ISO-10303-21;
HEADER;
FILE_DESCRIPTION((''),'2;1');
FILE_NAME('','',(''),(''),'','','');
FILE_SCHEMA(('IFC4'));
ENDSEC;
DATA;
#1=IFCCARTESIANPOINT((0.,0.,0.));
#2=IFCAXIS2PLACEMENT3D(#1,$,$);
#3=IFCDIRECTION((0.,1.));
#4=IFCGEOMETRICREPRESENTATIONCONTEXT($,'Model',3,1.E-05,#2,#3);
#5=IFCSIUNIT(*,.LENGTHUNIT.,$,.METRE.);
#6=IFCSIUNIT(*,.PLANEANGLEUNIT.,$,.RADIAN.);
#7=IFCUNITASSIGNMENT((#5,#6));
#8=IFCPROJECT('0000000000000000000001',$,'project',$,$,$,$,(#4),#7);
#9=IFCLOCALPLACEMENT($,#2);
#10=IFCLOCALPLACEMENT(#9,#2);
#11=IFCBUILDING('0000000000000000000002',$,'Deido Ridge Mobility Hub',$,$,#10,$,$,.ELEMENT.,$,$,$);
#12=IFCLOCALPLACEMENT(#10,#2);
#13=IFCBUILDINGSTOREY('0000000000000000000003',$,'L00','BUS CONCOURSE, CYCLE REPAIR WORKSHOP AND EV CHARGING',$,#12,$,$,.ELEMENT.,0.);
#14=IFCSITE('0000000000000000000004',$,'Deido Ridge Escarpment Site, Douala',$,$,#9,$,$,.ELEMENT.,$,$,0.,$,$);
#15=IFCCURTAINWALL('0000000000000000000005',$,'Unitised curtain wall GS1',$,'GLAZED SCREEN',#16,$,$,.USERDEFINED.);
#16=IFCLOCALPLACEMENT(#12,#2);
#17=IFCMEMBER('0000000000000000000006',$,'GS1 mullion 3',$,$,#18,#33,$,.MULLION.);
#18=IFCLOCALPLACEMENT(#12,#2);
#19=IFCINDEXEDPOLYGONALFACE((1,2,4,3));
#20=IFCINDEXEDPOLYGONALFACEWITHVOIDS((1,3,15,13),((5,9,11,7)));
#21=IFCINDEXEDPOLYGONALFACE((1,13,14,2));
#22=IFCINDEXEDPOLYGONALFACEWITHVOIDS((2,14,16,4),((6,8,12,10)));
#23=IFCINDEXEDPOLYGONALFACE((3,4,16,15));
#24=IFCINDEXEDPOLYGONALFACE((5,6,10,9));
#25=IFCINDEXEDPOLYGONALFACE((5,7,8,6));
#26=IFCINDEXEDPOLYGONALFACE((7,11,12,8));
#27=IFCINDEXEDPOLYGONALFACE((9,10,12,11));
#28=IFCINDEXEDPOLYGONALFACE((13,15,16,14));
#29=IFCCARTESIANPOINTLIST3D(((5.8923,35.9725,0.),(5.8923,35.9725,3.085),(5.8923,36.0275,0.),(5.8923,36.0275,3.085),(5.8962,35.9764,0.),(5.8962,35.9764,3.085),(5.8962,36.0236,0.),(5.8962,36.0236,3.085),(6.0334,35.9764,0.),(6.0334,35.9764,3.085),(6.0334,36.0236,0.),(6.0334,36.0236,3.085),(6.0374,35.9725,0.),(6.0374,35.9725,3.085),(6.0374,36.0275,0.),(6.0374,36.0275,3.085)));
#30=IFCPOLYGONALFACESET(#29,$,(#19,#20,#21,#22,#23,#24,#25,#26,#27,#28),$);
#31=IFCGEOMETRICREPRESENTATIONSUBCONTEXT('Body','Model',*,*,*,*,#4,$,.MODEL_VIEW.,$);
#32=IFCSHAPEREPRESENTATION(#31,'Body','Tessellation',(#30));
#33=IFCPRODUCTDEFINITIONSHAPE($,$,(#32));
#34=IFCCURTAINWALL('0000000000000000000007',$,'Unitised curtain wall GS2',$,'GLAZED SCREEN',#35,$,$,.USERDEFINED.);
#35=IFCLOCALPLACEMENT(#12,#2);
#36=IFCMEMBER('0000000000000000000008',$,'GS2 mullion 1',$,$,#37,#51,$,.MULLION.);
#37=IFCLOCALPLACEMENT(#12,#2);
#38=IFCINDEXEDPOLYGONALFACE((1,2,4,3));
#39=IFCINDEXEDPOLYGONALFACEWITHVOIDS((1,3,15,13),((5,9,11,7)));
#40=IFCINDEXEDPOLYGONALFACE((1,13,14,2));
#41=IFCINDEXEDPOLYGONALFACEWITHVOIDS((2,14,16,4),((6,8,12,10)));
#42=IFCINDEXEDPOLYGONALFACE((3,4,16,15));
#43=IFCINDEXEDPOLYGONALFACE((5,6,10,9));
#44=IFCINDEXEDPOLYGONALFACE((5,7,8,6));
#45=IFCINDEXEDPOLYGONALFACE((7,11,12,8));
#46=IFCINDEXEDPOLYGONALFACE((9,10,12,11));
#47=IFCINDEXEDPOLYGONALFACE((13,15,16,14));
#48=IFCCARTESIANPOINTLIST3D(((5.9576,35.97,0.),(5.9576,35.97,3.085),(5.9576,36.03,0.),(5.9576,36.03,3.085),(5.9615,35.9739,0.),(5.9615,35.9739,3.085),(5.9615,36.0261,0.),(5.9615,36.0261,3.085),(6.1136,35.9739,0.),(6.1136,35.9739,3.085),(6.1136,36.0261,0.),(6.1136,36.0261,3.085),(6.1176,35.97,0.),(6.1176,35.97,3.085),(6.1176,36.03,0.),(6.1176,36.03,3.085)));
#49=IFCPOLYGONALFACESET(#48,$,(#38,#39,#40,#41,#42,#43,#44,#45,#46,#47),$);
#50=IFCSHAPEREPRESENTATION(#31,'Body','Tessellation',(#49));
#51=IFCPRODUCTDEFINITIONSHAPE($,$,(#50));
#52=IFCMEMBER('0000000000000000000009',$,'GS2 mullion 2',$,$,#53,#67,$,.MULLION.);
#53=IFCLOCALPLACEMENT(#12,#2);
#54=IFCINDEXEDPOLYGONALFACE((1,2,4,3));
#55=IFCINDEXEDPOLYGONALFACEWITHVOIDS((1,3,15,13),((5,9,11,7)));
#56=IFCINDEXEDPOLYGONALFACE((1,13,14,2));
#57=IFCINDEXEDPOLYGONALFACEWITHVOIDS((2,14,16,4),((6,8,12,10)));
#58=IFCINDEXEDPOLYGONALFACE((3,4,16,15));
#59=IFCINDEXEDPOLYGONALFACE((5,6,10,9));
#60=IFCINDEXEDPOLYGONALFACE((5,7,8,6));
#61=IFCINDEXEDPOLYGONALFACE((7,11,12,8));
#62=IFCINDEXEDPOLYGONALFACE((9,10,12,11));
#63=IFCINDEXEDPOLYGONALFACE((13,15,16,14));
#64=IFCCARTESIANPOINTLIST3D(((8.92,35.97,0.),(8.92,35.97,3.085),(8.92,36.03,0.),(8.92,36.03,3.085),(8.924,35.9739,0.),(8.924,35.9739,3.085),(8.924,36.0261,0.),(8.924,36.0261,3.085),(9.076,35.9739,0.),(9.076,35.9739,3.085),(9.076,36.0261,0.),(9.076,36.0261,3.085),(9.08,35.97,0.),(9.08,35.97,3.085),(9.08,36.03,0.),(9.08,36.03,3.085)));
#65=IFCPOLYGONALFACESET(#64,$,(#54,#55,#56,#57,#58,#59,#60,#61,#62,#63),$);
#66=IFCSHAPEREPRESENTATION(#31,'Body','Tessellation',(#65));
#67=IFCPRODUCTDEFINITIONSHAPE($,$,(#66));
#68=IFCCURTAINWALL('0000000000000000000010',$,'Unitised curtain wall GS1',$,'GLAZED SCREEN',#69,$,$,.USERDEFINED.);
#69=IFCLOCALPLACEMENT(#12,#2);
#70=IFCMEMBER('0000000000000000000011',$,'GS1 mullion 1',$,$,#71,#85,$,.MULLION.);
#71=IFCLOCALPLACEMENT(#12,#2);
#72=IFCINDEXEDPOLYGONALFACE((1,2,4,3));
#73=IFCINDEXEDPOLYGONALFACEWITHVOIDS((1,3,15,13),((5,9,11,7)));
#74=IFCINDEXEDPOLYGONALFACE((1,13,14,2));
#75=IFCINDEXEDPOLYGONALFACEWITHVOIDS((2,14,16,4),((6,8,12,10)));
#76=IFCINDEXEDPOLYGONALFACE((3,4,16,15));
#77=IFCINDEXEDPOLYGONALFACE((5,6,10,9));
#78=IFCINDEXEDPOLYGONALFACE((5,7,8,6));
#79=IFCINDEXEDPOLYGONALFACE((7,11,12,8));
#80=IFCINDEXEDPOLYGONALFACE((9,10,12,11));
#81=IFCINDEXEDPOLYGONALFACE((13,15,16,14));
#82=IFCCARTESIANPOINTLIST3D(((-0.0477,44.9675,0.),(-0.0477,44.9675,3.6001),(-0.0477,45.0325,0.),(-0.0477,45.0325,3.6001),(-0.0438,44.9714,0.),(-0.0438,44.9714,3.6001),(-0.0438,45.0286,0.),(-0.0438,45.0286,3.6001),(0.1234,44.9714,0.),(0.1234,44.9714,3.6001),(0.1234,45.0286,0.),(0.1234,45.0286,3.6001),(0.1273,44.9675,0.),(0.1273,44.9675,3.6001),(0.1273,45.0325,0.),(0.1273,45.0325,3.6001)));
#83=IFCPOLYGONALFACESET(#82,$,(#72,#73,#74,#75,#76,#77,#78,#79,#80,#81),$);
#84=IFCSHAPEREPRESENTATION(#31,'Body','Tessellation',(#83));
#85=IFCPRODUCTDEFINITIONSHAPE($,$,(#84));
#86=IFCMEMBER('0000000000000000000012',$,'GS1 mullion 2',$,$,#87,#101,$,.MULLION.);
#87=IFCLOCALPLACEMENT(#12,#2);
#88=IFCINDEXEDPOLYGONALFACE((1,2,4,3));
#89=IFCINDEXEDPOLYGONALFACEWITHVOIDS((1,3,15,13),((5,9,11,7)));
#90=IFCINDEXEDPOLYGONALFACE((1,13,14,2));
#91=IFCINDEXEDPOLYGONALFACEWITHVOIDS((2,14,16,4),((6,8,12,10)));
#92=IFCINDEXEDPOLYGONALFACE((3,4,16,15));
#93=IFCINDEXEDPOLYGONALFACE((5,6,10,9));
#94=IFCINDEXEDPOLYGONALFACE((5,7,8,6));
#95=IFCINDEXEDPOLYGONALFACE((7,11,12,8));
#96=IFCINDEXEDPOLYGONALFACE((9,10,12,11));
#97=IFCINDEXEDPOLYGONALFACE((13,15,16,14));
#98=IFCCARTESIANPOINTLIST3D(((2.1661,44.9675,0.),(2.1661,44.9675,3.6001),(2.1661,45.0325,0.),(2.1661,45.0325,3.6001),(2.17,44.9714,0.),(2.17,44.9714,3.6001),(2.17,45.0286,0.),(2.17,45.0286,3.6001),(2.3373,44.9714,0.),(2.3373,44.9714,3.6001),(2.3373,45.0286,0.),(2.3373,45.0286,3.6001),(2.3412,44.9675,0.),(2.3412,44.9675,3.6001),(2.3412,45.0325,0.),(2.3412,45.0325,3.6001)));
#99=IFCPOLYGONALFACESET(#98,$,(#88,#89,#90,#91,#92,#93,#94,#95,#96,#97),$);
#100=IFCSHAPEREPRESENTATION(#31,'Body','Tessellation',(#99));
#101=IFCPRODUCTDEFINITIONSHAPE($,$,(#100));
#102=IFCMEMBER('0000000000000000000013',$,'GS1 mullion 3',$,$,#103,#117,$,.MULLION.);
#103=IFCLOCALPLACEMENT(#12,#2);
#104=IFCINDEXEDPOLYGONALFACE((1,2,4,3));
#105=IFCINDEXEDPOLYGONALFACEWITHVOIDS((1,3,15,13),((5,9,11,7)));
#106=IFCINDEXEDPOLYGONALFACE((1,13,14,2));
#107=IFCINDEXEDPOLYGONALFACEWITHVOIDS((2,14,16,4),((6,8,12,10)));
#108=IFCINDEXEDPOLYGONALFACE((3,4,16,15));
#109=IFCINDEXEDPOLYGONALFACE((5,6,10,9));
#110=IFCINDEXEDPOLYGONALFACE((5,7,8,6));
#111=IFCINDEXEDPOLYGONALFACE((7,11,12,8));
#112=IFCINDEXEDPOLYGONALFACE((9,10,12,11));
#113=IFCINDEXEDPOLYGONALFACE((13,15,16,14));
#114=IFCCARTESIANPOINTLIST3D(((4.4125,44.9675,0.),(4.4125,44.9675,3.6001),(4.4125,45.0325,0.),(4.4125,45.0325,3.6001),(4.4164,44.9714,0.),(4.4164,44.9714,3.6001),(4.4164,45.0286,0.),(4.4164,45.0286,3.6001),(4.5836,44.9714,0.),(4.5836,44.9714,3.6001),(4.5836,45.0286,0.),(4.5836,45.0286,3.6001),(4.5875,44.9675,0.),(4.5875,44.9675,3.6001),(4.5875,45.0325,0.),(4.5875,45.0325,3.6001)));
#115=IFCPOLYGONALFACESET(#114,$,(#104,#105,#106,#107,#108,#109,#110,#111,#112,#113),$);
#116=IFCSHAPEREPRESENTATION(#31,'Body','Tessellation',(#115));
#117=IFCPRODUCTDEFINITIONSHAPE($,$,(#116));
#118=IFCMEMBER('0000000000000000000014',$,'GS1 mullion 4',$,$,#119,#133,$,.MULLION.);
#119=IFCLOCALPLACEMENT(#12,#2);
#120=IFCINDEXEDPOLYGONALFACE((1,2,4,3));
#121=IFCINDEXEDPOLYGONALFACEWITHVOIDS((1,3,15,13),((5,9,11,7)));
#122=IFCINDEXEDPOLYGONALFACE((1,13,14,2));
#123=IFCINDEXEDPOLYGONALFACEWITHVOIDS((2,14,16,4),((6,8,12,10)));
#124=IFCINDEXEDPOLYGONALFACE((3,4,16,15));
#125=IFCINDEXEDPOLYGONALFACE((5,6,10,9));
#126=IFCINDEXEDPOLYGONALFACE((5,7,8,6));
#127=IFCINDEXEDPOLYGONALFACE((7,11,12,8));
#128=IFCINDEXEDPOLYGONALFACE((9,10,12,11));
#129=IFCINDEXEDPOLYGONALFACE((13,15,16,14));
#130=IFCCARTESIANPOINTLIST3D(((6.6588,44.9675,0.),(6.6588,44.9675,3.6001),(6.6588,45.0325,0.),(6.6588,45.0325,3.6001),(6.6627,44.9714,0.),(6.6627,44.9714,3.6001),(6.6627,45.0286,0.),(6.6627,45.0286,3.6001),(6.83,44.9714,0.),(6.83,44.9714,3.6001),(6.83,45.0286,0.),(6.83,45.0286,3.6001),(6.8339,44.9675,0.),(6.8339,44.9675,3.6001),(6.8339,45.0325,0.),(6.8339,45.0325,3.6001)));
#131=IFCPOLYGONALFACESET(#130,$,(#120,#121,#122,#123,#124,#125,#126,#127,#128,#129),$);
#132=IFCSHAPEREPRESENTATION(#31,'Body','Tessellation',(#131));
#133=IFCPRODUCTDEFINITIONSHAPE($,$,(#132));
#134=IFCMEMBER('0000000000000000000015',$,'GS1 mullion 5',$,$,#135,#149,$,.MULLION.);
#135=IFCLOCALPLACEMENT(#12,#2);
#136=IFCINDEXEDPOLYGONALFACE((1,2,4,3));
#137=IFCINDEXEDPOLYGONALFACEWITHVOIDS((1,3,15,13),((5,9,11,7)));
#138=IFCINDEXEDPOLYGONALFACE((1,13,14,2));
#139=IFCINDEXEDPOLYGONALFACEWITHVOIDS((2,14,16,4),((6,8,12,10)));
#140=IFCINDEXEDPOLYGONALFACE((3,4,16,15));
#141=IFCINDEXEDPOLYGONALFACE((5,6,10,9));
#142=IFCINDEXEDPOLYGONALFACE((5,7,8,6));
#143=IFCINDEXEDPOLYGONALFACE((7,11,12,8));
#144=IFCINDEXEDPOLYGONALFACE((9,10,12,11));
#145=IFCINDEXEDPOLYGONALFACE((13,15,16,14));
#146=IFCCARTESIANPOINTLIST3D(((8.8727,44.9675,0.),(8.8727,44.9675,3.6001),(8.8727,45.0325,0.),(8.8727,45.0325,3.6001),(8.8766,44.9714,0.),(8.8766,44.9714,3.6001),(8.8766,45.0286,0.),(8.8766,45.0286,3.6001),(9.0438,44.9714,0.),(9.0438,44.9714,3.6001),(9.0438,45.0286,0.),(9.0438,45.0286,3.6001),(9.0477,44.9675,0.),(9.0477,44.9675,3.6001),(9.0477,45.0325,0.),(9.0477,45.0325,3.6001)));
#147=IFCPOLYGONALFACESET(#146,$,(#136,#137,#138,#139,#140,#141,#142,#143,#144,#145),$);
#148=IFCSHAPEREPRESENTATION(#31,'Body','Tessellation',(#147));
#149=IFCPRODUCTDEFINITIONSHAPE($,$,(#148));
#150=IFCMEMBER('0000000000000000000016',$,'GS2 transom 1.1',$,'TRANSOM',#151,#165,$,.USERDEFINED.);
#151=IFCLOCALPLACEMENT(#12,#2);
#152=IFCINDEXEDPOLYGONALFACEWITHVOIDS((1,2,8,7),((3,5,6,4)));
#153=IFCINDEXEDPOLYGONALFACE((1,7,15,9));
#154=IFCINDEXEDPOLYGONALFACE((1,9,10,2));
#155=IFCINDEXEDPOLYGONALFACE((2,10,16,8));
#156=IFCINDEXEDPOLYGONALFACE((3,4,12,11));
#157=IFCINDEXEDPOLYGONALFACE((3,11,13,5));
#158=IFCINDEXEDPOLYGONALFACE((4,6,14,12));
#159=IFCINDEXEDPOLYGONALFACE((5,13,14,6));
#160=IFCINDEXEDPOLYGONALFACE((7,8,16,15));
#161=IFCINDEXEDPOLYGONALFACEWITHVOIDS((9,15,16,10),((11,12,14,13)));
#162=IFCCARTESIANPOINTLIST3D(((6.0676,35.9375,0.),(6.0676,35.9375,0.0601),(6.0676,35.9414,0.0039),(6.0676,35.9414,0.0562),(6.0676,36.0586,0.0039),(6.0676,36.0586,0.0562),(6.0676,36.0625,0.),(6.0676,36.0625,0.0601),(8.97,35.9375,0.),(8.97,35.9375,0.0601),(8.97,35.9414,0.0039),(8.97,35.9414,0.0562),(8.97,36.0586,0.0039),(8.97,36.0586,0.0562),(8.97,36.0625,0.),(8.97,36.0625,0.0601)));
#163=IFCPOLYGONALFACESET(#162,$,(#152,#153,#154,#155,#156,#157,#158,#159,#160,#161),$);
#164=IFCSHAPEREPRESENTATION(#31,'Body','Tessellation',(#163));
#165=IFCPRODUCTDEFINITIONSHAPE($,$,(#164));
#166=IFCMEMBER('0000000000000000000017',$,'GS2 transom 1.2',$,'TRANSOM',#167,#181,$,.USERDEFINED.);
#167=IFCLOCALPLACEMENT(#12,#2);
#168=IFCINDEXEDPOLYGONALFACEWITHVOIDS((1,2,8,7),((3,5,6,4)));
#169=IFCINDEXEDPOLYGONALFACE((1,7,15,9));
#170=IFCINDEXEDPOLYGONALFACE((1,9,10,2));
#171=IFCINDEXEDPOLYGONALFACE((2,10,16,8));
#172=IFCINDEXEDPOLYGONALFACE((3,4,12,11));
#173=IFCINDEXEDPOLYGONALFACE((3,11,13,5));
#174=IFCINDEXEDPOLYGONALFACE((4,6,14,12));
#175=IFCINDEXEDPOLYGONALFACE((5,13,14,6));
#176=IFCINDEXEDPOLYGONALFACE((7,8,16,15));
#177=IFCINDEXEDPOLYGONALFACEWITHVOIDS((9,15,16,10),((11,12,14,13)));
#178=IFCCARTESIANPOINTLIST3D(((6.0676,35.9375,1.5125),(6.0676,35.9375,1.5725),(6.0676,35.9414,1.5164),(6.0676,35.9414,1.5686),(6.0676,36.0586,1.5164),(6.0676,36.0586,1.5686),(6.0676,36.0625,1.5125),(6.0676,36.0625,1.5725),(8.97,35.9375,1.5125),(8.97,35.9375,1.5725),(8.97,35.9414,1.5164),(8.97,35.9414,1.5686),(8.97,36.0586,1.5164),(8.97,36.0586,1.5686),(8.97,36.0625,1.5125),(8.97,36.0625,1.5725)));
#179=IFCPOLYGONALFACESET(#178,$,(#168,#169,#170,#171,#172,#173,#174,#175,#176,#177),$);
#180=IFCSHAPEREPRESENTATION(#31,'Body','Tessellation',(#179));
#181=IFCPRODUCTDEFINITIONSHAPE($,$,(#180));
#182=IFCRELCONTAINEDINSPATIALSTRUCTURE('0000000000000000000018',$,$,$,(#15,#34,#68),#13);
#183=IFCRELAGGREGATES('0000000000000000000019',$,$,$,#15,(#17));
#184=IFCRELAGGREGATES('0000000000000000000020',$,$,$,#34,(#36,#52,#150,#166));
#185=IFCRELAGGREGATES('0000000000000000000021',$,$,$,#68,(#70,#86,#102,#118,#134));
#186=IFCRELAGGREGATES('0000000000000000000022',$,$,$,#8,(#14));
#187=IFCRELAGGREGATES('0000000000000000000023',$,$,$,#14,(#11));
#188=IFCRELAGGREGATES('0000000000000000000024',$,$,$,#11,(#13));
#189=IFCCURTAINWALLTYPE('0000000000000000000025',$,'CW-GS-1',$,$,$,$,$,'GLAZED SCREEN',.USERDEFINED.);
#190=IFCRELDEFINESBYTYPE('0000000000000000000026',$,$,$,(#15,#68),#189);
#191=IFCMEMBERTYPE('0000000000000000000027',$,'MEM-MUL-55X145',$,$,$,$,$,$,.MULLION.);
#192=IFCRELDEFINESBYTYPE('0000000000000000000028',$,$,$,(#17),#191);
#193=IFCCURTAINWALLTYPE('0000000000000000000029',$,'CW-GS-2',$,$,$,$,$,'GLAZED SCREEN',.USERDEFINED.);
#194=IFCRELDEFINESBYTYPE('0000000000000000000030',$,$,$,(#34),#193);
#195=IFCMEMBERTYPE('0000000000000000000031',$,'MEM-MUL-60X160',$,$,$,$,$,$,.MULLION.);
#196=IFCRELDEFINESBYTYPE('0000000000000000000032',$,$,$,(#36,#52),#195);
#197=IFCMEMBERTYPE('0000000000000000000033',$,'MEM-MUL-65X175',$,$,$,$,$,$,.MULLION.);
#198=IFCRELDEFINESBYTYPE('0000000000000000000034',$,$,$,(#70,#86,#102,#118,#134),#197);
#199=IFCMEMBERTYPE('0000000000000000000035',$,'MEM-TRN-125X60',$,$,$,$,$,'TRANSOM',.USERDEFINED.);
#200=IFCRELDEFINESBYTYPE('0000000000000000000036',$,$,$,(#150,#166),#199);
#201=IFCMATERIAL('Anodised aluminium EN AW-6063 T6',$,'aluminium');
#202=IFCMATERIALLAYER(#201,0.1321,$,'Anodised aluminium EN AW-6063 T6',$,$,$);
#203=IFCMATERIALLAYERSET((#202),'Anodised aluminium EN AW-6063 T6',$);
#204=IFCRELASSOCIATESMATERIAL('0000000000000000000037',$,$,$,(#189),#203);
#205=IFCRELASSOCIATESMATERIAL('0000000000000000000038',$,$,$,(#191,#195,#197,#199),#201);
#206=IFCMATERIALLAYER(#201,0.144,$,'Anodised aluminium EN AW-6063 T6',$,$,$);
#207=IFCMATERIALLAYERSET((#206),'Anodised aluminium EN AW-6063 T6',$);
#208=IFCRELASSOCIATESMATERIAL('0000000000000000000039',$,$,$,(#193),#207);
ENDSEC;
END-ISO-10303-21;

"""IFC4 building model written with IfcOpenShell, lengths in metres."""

from ifc_helpers import new_model, si_unit, direction, frame, origin, origin_2d, place, context, subcontext, project, spatial, hollow_rectangle, extrude, material, layer, layer_set, material_profile, profile_set, type_object, element, aggregate, save


model = new_model("IFC4")

# Units and contexts
model_context = context("Model", 3, precision=1e-05, world=origin(), true_north=direction((0.0, 1.0)))
body_context = subcontext(model_context, "Body", "Model", "MODEL_VIEW")
ifc_project = project(units=[si_unit("LENGTHUNIT", "METRE"), si_unit("PLANEANGLEUNIT", "RADIAN")], contexts=[model_context])

# Site, building, storey
site_placement = place(None, origin())
site = spatial("IfcSite", under=ifc_project, at=site_placement, Name="Deido Ridge Escarpment Site, Douala", CompositionType="ELEMENT", RefElevation=0.0)
building_placement = place(site_placement, origin())
building = spatial("IfcBuilding", under=site, at=building_placement, Name="Deido Ridge Mobility Hub", CompositionType="ELEMENT")
storey_placement = place(building_placement, origin())
storey = spatial("IfcBuildingStorey", under=building, at=storey_placement, Name="L00", Description="BUS CONCOURSE, CYCLE REPAIR WORKSHOP AND EV CHARGING", CompositionType="ELEMENT", Elevation=0.0)

# Curtain wall, member
ifc_material_1 = material(Name="Anodised aluminium EN AW-6063 T6", Category="aluminium")
ifc_layer_1 = layer(ifc_material_1, 0.1321, Name="Anodised aluminium EN AW-6063 T6")
ifc_layer_set_1 = layer_set([ifc_layer_1], Name="Anodised aluminium EN AW-6063 T6")
curtain_wall_type_1 = type_object("IfcCurtainWallType", Name="CW-GS-1", ElementType="GLAZED SCREEN", PredefinedType="USERDEFINED", material=ifc_layer_set_1)
curtain_wall_1_placement = place(storey_placement, origin())
curtain_wall_1 = element("IfcCurtainWall", 1, at=curtain_wall_1_placement, inside=storey, type_object=curtain_wall_type_1, Name="Unitised curtain wall GS1", ObjectType="GLAZED SCREEN", PredefinedType="USERDEFINED")
ifc_material_profile_1 = material_profile(ifc_material_1, hollow_rectangle(XDim=0.0549, YDim=0.145, WallThickness=0.0039, at=origin_2d()), Name="RHS 55x145x4")
ifc_profile_set_1 = profile_set([ifc_material_profile_1], Name="Anodised aluminium EN AW-6063 T6")
member_type_1 = type_object("IfcMemberType", Name="MEM-MUL-55X145", PredefinedType="MULLION", material=ifc_profile_set_1)
member_1_placement = place(storey_placement, frame((5.9648, 36.0, 0.0), z_axis=(0.0, 0.0, 1.0), x_axis=(0.0, 1.0, 0.0)))
member_1 = element("IfcMember", 2, at=member_1_placement, type_object=member_type_1, Name="GS1 mullion 3", PredefinedType="MULLION", context=body_context, shape_type="SweptSolid", body=[
    extrude(hollow_rectangle(XDim=0.0549, YDim=0.145, WallThickness=0.0039, at=origin_2d()), origin(), (0.0, 0.0, 1.0), 3.085),
])
aggregate(curtain_wall_1, [member_1])

# Curtain walls, members
ifc_layer_2 = layer(ifc_material_1, 0.144, Name="Anodised aluminium EN AW-6063 T6")
ifc_layer_set_2 = layer_set([ifc_layer_2], Name="Anodised aluminium EN AW-6063 T6")
curtain_wall_type_2 = type_object("IfcCurtainWallType", Name="CW-GS-2", ElementType="GLAZED SCREEN", PredefinedType="USERDEFINED", material=ifc_layer_set_2)
curtain_wall_2_placement = place(storey_placement, origin())
curtain_wall_2 = element("IfcCurtainWall", 3, at=curtain_wall_2_placement, inside=storey, type_object=curtain_wall_type_2, Name="Unitised curtain wall GS2", ObjectType="GLAZED SCREEN", PredefinedType="USERDEFINED")
ifc_material_profile_2 = material_profile(ifc_material_1, hollow_rectangle(XDim=0.0601, YDim=0.1599, WallThickness=0.0039, at=origin_2d()), Name="RHS 60x160x4")
ifc_profile_set_2 = profile_set([ifc_material_profile_2], Name="Anodised aluminium EN AW-6063 T6")
member_type_2 = type_object("IfcMemberType", Name="MEM-MUL-60X160", PredefinedType="MULLION", material=ifc_profile_set_2)
member_2_placement = place(storey_placement, frame((6.0376, 36.0, 0.0), z_axis=(0.0, 0.0, 1.0), x_axis=(0.0, 1.0, 0.0)))
member_2 = element("IfcMember", 4, at=member_2_placement, type_object=member_type_2, Name="GS2 mullion 1", PredefinedType="MULLION", context=body_context, shape_type="SweptSolid", body=[
    extrude(hollow_rectangle(XDim=0.0601, YDim=0.1599, WallThickness=0.0039, at=origin_2d()), origin(), (0.0, 0.0, 1.0), 3.085),
])
member_3_placement = place(storey_placement, frame((9.0, 36.0, 0.0), z_axis=(0.0, 0.0, 1.0), x_axis=(0.0, 1.0, 0.0)))
member_3 = element("IfcMember", 5, at=member_3_placement, type_object=member_type_2, Name="GS2 mullion 2", PredefinedType="MULLION", context=body_context, shape_type="SweptSolid", body=[
    extrude(hollow_rectangle(XDim=0.0601, YDim=0.1599, WallThickness=0.0039, at=origin_2d()), origin(), (0.0, 0.0, 1.0), 3.085),
])
curtain_wall_3_placement = place(storey_placement, origin())
curtain_wall_3 = element("IfcCurtainWall", 6, at=curtain_wall_3_placement, inside=storey, type_object=curtain_wall_type_1, Name="Unitised curtain wall GS1", ObjectType="GLAZED SCREEN", PredefinedType="USERDEFINED")
ifc_material_profile_3 = material_profile(ifc_material_1, hollow_rectangle(XDim=0.0649, YDim=0.175, WallThickness=0.0039, at=origin_2d()), Name="RHS 65x175x4")
ifc_profile_set_3 = profile_set([ifc_material_profile_3], Name="Anodised aluminium EN AW-6063 T6")
member_type_3 = type_object("IfcMemberType", Name="MEM-MUL-65X175", PredefinedType="MULLION", material=ifc_profile_set_3)
member_4_placement = place(storey_placement, frame((0.0398, 45.0, 0.0), z_axis=(0.0, 0.0, 1.0), x_axis=(0.0, 1.0, 0.0)))
member_4 = element("IfcMember", 7, at=member_4_placement, type_object=member_type_3, Name="GS1 mullion 1", PredefinedType="MULLION", context=body_context, shape_type="SweptSolid", body=[
    extrude(hollow_rectangle(XDim=0.0649, YDim=0.175, WallThickness=0.0039, at=origin_2d()), origin(), (0.0, 0.0, 1.0), 3.6001),
])
member_5_placement = place(storey_placement, frame((2.2537, 45.0, 0.0), z_axis=(0.0, 0.0, 1.0), x_axis=(0.0, 1.0, 0.0)))
member_5 = element("IfcMember", 8, at=member_5_placement, type_object=member_type_3, Name="GS1 mullion 2", PredefinedType="MULLION", context=body_context, shape_type="SweptSolid", body=[
    extrude(hollow_rectangle(XDim=0.0649, YDim=0.175, WallThickness=0.0039, at=origin_2d()), origin(), (0.0, 0.0, 1.0), 3.6001),
])
member_6_placement = place(storey_placement, frame((4.5, 45.0, 0.0), z_axis=(0.0, 0.0, 1.0), x_axis=(0.0, 1.0, 0.0)))
member_6 = element("IfcMember", 9, at=member_6_placement, type_object=member_type_3, Name="GS1 mullion 3", PredefinedType="MULLION", context=body_context, shape_type="SweptSolid", body=[
    extrude(hollow_rectangle(XDim=0.0649, YDim=0.175, WallThickness=0.0039, at=origin_2d()), origin(), (0.0, 0.0, 1.0), 3.6001),
])
member_7_placement = place(storey_placement, frame((6.7463, 45.0, 0.0), z_axis=(0.0, 0.0, 1.0), x_axis=(0.0, 1.0, 0.0)))
member_7 = element("IfcMember", 10, at=member_7_placement, type_object=member_type_3, Name="GS1 mullion 4", PredefinedType="MULLION", context=body_context, shape_type="SweptSolid", body=[
    extrude(hollow_rectangle(XDim=0.0649, YDim=0.175, WallThickness=0.0039, at=origin_2d()), origin(), (0.0, 0.0, 1.0), 3.6001),
])
member_8_placement = place(storey_placement, frame((8.9602, 45.0, 0.0), z_axis=(0.0, 0.0, 1.0), x_axis=(0.0, 1.0, 0.0)))
member_8 = element("IfcMember", 11, at=member_8_placement, type_object=member_type_3, Name="GS1 mullion 5", PredefinedType="MULLION", context=body_context, shape_type="SweptSolid", body=[
    extrude(hollow_rectangle(XDim=0.0649, YDim=0.175, WallThickness=0.0039, at=origin_2d()), origin(), (0.0, 0.0, 1.0), 3.6001),
])

# Members
ifc_material_profile_4 = material_profile(ifc_material_1, hollow_rectangle(XDim=0.125, YDim=0.0601, WallThickness=0.0039, at=origin_2d()), Name="RHS 125x60x4")
ifc_profile_set_4 = profile_set([ifc_material_profile_4], Name="Anodised aluminium EN AW-6063 T6")
member_type_4 = type_object("IfcMemberType", Name="MEM-TRN-125X60", ElementType="TRANSOM", PredefinedType="USERDEFINED", material=ifc_profile_set_4)
member_9_placement = place(storey_placement, frame((6.0676, 36.0, 0.03), z_axis=(1.0, 0.0, 0.0), x_axis=(0.0, 1.0, 0.0)))
member_9 = element("IfcMember", 12, at=member_9_placement, type_object=member_type_4, Name="GS2 transom 1.1", ObjectType="TRANSOM", PredefinedType="USERDEFINED", context=body_context, shape_type="SweptSolid", body=[
    extrude(hollow_rectangle(XDim=0.125, YDim=0.0601, WallThickness=0.0039, at=origin_2d()), origin(), (0.0, 0.0, 1.0), 2.9023),
])
member_10_placement = place(storey_placement, frame((6.0676, 36.0, 1.5425), z_axis=(1.0, 0.0, 0.0), x_axis=(0.0, 1.0, 0.0)))
member_10 = element("IfcMember", 13, at=member_10_placement, type_object=member_type_4, Name="GS2 transom 1.2", ObjectType="TRANSOM", PredefinedType="USERDEFINED", context=body_context, shape_type="SweptSolid", body=[
    extrude(hollow_rectangle(XDim=0.125, YDim=0.0601, WallThickness=0.0039, at=origin_2d()), origin(), (0.0, 0.0, 1.0), 2.9023),
])

aggregate(curtain_wall_2, [member_2, member_3, member_9, member_10])
aggregate(curtain_wall_3, [member_4, member_5, member_6, member_7, member_8])

save(model, "model.ifc")
